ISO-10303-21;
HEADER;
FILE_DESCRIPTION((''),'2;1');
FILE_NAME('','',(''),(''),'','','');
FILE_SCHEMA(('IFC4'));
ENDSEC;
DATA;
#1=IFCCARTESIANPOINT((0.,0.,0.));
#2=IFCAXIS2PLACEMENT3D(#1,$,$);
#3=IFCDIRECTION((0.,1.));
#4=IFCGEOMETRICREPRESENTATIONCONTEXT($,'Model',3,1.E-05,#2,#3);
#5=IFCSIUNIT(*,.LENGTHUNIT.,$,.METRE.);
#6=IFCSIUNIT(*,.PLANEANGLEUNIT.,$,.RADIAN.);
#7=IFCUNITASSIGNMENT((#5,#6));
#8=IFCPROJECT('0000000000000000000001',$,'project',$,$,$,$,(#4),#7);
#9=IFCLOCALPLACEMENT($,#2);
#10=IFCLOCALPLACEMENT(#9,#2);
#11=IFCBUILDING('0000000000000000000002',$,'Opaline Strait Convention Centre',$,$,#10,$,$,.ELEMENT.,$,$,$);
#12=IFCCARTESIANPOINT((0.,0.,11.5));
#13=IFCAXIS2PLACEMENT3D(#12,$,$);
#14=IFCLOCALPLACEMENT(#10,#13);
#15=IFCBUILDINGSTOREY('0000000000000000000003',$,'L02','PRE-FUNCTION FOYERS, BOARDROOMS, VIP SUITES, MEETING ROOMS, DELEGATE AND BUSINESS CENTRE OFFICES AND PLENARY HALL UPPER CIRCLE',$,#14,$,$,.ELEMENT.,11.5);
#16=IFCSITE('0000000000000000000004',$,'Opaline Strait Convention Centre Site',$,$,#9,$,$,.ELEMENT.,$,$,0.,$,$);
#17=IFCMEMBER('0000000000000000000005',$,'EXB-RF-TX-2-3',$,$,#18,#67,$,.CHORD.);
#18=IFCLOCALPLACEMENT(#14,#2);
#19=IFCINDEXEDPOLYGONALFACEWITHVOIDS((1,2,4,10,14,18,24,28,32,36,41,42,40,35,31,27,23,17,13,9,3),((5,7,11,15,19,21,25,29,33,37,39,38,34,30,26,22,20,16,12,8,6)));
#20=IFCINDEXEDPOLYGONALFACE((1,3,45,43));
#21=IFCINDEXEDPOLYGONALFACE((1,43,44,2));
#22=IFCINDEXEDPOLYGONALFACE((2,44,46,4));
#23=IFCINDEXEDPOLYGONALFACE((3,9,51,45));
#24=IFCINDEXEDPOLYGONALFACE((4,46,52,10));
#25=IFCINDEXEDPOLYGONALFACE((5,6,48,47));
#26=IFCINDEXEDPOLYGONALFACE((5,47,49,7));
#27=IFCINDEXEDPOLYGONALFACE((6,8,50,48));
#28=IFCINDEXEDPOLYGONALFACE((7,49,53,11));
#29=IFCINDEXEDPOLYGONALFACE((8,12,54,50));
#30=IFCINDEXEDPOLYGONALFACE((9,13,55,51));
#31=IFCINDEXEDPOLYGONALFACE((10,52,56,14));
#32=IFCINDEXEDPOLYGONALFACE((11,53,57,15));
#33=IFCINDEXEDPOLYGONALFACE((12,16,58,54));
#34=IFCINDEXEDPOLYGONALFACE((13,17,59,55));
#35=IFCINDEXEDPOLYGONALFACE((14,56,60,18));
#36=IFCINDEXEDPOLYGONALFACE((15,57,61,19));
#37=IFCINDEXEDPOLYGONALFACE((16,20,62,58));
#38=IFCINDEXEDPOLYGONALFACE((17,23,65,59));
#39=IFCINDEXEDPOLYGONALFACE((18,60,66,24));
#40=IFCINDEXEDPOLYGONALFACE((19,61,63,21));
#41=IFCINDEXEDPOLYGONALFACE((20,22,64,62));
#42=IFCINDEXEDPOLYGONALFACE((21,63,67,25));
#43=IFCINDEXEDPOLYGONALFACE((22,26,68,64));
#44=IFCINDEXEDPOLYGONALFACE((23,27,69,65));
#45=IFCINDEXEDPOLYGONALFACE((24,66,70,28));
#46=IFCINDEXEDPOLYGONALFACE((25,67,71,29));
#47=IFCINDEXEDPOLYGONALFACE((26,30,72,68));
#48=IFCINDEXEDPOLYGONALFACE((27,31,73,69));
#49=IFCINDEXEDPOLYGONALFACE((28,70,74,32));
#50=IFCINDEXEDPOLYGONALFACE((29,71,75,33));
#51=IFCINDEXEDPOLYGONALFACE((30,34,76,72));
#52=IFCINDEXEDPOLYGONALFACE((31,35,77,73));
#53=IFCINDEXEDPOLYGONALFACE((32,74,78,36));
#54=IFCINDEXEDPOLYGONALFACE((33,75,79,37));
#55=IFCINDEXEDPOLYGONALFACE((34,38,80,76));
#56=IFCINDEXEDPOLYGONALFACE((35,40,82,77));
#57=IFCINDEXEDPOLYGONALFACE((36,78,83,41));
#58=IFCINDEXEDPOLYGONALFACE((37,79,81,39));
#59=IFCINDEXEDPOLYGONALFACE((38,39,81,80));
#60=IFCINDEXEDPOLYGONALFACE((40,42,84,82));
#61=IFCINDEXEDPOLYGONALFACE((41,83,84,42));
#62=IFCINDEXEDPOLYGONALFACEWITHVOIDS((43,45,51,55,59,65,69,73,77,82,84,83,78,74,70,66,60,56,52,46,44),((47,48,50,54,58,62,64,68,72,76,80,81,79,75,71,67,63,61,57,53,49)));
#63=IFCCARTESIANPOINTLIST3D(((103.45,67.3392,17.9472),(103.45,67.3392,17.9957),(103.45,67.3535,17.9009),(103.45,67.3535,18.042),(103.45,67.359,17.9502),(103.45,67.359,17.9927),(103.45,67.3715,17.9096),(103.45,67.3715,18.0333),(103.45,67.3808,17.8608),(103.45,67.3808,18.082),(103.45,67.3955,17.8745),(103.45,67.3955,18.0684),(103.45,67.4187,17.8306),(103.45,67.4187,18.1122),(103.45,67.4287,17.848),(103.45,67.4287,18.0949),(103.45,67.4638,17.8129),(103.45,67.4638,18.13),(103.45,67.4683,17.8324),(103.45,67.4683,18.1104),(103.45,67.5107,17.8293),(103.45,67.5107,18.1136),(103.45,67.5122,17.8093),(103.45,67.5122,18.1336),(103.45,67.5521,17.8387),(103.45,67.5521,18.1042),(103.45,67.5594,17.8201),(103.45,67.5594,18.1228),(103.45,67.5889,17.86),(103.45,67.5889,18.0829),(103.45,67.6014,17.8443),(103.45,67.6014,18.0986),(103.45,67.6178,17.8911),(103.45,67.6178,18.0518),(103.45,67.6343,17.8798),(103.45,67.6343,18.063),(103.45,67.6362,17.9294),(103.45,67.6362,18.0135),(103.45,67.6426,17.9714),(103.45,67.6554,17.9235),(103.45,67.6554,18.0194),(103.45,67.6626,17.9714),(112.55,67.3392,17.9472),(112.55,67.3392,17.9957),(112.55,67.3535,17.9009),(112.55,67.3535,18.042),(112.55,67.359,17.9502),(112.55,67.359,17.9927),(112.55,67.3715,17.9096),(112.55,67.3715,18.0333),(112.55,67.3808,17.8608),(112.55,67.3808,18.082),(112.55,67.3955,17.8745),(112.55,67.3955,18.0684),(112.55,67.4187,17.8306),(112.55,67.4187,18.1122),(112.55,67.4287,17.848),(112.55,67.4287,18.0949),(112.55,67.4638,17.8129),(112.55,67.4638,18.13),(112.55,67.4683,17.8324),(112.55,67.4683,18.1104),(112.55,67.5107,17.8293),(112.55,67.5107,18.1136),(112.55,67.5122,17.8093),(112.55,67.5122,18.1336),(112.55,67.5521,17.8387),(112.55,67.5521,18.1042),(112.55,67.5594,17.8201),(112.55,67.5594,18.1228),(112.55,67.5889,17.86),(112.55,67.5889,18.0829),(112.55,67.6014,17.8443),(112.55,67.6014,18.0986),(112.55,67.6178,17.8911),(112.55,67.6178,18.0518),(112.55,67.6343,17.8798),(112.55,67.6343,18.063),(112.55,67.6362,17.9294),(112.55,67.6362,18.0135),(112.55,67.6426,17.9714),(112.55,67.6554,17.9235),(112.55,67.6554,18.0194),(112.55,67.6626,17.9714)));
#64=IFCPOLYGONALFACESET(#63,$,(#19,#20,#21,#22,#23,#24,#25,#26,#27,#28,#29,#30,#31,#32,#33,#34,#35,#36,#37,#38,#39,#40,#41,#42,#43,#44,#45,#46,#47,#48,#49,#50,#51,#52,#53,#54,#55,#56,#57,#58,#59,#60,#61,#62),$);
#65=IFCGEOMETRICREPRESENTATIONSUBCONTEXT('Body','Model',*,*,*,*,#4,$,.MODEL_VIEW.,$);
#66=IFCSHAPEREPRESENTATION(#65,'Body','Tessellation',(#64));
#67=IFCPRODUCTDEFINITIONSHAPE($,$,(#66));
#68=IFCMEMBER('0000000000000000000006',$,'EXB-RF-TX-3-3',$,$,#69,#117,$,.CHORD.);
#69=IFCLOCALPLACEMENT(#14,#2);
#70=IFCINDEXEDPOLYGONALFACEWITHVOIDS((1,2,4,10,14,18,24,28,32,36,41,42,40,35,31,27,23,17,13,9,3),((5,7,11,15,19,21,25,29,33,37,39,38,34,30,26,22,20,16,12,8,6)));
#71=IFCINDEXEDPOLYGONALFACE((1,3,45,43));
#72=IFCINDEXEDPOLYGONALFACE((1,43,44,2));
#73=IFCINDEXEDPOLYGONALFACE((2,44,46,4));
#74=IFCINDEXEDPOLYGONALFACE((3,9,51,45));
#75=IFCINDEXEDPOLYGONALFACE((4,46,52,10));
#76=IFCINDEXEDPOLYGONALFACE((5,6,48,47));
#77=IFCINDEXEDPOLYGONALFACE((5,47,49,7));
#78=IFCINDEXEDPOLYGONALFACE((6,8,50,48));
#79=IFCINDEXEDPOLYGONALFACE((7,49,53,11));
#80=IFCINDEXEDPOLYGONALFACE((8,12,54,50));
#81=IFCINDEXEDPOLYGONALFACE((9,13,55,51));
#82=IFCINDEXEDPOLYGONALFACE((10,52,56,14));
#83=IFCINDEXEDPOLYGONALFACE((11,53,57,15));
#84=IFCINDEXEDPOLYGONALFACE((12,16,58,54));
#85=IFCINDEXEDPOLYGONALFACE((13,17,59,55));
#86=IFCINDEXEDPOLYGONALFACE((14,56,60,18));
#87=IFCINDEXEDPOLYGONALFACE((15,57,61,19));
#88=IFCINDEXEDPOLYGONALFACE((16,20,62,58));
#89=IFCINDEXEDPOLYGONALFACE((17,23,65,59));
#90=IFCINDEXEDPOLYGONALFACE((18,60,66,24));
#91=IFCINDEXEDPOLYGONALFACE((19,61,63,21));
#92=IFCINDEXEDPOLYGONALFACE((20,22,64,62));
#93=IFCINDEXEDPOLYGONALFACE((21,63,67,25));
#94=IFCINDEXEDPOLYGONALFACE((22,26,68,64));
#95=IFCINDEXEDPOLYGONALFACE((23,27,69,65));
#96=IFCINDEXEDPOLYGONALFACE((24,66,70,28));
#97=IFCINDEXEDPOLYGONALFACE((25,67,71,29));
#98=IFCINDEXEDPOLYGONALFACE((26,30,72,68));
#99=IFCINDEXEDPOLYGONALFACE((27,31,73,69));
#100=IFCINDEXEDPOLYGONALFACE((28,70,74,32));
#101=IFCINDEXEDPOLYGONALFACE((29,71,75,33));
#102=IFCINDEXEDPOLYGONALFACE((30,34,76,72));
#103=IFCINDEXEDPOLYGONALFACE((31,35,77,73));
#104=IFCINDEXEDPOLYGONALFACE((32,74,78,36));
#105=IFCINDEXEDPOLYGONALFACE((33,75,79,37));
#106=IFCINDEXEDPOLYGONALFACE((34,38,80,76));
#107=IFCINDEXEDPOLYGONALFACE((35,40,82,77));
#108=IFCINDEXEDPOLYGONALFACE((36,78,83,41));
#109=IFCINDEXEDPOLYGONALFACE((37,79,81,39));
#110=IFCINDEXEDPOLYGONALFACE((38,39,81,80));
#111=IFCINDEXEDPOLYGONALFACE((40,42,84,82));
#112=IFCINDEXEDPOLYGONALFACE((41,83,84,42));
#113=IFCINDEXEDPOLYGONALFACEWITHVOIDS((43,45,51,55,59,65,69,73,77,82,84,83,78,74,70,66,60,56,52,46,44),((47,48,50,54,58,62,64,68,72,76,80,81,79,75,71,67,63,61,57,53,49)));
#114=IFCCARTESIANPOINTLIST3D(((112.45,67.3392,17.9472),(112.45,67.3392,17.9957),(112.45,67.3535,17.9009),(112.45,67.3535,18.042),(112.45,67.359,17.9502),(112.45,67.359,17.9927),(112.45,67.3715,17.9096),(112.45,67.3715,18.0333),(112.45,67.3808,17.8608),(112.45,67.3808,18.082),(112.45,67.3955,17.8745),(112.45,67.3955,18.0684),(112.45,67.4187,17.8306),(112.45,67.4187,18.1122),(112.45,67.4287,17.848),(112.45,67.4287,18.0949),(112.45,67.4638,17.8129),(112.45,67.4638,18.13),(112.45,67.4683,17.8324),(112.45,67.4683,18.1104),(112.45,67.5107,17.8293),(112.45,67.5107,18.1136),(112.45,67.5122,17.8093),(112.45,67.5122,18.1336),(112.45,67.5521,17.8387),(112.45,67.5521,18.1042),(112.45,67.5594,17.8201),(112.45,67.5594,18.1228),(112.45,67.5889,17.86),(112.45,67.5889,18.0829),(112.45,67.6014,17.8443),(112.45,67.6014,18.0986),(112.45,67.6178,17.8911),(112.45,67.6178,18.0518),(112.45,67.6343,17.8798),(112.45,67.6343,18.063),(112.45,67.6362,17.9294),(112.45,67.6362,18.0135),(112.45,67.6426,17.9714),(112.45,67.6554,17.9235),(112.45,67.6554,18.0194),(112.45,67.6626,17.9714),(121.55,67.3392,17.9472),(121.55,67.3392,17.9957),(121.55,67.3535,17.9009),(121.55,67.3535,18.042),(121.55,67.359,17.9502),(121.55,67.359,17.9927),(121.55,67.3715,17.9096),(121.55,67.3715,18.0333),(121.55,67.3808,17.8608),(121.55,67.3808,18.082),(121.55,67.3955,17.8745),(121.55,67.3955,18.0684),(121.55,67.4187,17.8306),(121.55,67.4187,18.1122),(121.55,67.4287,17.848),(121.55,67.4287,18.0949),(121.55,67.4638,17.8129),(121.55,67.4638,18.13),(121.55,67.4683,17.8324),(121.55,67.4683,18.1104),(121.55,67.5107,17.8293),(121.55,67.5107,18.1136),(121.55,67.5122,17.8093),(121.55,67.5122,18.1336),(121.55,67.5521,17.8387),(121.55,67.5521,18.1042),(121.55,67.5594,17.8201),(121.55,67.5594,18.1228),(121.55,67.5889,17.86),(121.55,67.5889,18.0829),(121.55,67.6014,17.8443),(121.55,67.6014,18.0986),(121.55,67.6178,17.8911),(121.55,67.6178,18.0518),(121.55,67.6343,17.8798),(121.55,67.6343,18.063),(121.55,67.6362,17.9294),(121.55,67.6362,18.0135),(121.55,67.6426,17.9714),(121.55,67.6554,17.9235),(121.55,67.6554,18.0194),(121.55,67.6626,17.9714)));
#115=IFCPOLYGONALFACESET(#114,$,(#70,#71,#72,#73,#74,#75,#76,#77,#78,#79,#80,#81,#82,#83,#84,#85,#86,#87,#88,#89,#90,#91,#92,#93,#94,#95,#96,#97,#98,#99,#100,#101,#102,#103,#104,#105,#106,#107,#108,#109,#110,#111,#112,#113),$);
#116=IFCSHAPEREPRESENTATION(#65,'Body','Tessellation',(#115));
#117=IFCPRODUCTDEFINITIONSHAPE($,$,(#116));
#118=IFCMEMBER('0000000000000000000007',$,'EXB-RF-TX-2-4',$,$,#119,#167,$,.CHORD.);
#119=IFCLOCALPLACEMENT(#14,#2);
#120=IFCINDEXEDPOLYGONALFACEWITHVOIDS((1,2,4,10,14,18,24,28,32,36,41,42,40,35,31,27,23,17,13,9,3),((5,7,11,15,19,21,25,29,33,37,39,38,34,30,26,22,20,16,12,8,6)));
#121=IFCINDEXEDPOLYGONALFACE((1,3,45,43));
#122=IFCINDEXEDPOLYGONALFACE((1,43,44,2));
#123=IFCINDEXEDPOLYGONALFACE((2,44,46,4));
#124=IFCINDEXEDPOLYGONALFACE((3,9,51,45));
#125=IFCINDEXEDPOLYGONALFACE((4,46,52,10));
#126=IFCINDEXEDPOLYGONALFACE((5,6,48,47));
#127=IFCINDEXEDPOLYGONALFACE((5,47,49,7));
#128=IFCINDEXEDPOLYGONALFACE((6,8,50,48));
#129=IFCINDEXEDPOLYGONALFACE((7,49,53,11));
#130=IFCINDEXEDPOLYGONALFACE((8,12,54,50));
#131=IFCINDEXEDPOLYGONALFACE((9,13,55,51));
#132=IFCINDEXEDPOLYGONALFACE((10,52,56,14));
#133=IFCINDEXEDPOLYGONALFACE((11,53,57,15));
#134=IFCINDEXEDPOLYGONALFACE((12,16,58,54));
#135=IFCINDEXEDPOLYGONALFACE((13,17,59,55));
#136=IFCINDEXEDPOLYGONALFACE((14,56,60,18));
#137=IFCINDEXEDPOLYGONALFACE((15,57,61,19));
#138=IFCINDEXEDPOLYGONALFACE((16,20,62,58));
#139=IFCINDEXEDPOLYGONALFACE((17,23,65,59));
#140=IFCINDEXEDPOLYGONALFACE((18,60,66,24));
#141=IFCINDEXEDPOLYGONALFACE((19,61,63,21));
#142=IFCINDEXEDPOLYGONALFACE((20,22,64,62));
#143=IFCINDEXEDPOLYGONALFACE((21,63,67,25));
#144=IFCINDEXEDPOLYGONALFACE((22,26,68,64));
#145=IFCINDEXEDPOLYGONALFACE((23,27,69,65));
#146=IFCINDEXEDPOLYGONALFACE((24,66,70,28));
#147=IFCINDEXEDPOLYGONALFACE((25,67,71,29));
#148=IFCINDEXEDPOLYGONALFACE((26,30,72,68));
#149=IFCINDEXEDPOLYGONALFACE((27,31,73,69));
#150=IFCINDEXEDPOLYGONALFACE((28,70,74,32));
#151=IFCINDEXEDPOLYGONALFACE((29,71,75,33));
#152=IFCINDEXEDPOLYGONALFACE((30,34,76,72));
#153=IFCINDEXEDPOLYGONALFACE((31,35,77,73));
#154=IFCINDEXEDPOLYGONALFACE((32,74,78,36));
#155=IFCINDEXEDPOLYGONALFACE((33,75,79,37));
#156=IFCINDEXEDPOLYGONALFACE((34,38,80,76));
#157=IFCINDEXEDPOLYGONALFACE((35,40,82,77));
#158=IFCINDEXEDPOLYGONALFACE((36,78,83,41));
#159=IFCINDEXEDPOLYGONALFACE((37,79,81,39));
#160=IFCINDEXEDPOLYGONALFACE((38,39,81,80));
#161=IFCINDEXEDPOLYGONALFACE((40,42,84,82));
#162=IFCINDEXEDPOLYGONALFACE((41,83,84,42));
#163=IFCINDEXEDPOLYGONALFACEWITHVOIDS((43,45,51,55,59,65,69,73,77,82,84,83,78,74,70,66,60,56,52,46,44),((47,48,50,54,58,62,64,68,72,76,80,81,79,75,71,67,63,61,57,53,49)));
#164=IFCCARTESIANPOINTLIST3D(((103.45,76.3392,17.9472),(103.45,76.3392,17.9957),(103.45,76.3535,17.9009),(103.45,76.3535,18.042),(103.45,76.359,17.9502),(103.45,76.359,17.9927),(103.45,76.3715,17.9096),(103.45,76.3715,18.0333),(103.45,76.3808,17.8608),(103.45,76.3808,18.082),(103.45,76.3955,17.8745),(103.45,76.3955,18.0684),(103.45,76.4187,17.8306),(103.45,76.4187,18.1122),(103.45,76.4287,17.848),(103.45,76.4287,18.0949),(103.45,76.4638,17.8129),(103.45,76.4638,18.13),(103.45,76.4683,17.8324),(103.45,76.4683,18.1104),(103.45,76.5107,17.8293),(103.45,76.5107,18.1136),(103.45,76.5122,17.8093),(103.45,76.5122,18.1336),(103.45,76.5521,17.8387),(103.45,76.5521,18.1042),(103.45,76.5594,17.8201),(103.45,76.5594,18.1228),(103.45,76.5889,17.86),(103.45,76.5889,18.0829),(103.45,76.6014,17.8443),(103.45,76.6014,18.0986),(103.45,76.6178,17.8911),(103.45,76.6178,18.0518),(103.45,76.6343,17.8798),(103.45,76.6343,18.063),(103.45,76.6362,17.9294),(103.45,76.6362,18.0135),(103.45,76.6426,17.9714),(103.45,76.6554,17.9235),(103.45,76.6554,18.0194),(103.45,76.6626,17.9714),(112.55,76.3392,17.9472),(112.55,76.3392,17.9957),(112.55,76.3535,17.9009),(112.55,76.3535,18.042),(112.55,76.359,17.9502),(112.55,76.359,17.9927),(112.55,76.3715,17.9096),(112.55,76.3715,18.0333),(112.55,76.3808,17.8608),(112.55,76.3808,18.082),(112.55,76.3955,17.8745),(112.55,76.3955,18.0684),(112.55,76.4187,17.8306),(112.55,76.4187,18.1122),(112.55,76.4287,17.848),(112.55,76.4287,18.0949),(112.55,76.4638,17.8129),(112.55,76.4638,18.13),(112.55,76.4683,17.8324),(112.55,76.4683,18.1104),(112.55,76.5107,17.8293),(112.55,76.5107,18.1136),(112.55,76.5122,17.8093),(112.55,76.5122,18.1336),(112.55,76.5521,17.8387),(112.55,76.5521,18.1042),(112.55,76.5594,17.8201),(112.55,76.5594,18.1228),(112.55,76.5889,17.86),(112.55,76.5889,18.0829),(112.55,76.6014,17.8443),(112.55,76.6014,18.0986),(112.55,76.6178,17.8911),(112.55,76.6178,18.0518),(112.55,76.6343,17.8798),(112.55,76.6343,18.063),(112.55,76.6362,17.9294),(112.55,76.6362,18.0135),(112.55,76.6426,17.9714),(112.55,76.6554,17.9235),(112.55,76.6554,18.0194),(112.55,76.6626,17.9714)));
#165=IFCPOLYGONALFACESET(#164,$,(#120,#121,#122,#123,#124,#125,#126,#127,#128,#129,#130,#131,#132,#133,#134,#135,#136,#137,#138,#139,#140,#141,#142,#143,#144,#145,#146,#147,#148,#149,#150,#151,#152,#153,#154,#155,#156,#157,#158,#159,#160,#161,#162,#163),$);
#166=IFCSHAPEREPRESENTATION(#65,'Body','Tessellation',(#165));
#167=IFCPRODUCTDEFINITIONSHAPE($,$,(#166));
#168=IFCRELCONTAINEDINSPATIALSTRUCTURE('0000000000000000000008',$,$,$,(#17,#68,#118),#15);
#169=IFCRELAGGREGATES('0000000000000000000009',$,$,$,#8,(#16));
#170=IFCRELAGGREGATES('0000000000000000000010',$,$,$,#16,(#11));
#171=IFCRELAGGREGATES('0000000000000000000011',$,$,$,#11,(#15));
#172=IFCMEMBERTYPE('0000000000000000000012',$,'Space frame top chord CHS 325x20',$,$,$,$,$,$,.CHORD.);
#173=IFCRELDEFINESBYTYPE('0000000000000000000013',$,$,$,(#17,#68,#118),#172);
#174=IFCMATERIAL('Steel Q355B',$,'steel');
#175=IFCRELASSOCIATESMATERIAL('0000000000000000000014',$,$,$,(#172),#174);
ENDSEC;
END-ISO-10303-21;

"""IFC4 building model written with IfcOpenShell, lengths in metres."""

from ifc_helpers import new_model, si_unit, direction, frame, origin, origin_2d, place, context, subcontext, project, spatial, hollow_circle, extrude, material, material_profile, profile_set, type_object, element, save


model = new_model("IFC4")

# Units and contexts
model_context = context("Model", 3, precision=1e-05, world=origin(), true_north=direction((0.0, 1.0)))
body_context = subcontext(model_context, "Body", "Model", "MODEL_VIEW")
ifc_project = project(units=[si_unit("LENGTHUNIT", "METRE"), si_unit("PLANEANGLEUNIT", "RADIAN")], contexts=[model_context])

# Site, building, storey
site_placement = place(None, origin())
site = spatial("IfcSite", under=ifc_project, at=site_placement, Name="Opaline Strait Convention Centre Site", CompositionType="ELEMENT", RefElevation=0.0)
building_placement = place(site_placement, origin())
building = spatial("IfcBuilding", under=site, at=building_placement, Name="Opaline Strait Convention Centre", CompositionType="ELEMENT")
storey_placement = place(building_placement, frame((0.0, 0.0, 11.5)))
storey = spatial("IfcBuildingStorey", under=building, at=storey_placement, Name="L02", Description="PRE-FUNCTION FOYERS, BOARDROOMS, VIP SUITES, MEETING ROOMS, DELEGATE AND BUSINESS CENTRE OFFICES AND PLENARY HALL UPPER CIRCLE", CompositionType="ELEMENT", Elevation=11.5)

# Members
ifc_material_1 = material(Name="Steel Q355B", Category="steel")
ifc_material_profile_1 = material_profile(ifc_material_1, hollow_circle(Radius=0.1626, WallThickness=0.02, at=origin_2d()), Name="CHS 325x20")
ifc_profile_set_1 = profile_set([ifc_material_profile_1], Name="Steel Q355B")
member_type_1 = type_object("IfcMemberType", Name="Space frame top chord CHS 325x20", PredefinedType="CHORD", material=ifc_profile_set_1)
for number, where, z_axis, x_axis, name in (
    (1, (103.45, 67.5, 17.9714), (1.0, 0.0, 0.0), (0.0, 1.0, 0.0), "EXB-RF-TX-2-3"),
    (2, (112.45, 67.5, 17.9714), (1.0, 0.0, 0.0), (0.0, 1.0, 0.0), "EXB-RF-TX-3-3"),
    (3, (103.45, 76.5, 17.9714), (1.0, 0.0, 0.0), (0.0, 1.0, 0.0), "EXB-RF-TX-2-4"),
):
    element("IfcMember", number, at=place(storey_placement, frame(where, z_axis=z_axis, x_axis=x_axis)), inside=storey, type_object=member_type_1, Name=name, PredefinedType="CHORD", context=body_context, shape_type="SweptSolid", body=[
        extrude(hollow_circle(Radius=0.1626, WallThickness=0.02, at=origin_2d()), origin(), (0.0, 0.0, 1.0), 9.1001),
    ])

save(model, "model.ifc")
